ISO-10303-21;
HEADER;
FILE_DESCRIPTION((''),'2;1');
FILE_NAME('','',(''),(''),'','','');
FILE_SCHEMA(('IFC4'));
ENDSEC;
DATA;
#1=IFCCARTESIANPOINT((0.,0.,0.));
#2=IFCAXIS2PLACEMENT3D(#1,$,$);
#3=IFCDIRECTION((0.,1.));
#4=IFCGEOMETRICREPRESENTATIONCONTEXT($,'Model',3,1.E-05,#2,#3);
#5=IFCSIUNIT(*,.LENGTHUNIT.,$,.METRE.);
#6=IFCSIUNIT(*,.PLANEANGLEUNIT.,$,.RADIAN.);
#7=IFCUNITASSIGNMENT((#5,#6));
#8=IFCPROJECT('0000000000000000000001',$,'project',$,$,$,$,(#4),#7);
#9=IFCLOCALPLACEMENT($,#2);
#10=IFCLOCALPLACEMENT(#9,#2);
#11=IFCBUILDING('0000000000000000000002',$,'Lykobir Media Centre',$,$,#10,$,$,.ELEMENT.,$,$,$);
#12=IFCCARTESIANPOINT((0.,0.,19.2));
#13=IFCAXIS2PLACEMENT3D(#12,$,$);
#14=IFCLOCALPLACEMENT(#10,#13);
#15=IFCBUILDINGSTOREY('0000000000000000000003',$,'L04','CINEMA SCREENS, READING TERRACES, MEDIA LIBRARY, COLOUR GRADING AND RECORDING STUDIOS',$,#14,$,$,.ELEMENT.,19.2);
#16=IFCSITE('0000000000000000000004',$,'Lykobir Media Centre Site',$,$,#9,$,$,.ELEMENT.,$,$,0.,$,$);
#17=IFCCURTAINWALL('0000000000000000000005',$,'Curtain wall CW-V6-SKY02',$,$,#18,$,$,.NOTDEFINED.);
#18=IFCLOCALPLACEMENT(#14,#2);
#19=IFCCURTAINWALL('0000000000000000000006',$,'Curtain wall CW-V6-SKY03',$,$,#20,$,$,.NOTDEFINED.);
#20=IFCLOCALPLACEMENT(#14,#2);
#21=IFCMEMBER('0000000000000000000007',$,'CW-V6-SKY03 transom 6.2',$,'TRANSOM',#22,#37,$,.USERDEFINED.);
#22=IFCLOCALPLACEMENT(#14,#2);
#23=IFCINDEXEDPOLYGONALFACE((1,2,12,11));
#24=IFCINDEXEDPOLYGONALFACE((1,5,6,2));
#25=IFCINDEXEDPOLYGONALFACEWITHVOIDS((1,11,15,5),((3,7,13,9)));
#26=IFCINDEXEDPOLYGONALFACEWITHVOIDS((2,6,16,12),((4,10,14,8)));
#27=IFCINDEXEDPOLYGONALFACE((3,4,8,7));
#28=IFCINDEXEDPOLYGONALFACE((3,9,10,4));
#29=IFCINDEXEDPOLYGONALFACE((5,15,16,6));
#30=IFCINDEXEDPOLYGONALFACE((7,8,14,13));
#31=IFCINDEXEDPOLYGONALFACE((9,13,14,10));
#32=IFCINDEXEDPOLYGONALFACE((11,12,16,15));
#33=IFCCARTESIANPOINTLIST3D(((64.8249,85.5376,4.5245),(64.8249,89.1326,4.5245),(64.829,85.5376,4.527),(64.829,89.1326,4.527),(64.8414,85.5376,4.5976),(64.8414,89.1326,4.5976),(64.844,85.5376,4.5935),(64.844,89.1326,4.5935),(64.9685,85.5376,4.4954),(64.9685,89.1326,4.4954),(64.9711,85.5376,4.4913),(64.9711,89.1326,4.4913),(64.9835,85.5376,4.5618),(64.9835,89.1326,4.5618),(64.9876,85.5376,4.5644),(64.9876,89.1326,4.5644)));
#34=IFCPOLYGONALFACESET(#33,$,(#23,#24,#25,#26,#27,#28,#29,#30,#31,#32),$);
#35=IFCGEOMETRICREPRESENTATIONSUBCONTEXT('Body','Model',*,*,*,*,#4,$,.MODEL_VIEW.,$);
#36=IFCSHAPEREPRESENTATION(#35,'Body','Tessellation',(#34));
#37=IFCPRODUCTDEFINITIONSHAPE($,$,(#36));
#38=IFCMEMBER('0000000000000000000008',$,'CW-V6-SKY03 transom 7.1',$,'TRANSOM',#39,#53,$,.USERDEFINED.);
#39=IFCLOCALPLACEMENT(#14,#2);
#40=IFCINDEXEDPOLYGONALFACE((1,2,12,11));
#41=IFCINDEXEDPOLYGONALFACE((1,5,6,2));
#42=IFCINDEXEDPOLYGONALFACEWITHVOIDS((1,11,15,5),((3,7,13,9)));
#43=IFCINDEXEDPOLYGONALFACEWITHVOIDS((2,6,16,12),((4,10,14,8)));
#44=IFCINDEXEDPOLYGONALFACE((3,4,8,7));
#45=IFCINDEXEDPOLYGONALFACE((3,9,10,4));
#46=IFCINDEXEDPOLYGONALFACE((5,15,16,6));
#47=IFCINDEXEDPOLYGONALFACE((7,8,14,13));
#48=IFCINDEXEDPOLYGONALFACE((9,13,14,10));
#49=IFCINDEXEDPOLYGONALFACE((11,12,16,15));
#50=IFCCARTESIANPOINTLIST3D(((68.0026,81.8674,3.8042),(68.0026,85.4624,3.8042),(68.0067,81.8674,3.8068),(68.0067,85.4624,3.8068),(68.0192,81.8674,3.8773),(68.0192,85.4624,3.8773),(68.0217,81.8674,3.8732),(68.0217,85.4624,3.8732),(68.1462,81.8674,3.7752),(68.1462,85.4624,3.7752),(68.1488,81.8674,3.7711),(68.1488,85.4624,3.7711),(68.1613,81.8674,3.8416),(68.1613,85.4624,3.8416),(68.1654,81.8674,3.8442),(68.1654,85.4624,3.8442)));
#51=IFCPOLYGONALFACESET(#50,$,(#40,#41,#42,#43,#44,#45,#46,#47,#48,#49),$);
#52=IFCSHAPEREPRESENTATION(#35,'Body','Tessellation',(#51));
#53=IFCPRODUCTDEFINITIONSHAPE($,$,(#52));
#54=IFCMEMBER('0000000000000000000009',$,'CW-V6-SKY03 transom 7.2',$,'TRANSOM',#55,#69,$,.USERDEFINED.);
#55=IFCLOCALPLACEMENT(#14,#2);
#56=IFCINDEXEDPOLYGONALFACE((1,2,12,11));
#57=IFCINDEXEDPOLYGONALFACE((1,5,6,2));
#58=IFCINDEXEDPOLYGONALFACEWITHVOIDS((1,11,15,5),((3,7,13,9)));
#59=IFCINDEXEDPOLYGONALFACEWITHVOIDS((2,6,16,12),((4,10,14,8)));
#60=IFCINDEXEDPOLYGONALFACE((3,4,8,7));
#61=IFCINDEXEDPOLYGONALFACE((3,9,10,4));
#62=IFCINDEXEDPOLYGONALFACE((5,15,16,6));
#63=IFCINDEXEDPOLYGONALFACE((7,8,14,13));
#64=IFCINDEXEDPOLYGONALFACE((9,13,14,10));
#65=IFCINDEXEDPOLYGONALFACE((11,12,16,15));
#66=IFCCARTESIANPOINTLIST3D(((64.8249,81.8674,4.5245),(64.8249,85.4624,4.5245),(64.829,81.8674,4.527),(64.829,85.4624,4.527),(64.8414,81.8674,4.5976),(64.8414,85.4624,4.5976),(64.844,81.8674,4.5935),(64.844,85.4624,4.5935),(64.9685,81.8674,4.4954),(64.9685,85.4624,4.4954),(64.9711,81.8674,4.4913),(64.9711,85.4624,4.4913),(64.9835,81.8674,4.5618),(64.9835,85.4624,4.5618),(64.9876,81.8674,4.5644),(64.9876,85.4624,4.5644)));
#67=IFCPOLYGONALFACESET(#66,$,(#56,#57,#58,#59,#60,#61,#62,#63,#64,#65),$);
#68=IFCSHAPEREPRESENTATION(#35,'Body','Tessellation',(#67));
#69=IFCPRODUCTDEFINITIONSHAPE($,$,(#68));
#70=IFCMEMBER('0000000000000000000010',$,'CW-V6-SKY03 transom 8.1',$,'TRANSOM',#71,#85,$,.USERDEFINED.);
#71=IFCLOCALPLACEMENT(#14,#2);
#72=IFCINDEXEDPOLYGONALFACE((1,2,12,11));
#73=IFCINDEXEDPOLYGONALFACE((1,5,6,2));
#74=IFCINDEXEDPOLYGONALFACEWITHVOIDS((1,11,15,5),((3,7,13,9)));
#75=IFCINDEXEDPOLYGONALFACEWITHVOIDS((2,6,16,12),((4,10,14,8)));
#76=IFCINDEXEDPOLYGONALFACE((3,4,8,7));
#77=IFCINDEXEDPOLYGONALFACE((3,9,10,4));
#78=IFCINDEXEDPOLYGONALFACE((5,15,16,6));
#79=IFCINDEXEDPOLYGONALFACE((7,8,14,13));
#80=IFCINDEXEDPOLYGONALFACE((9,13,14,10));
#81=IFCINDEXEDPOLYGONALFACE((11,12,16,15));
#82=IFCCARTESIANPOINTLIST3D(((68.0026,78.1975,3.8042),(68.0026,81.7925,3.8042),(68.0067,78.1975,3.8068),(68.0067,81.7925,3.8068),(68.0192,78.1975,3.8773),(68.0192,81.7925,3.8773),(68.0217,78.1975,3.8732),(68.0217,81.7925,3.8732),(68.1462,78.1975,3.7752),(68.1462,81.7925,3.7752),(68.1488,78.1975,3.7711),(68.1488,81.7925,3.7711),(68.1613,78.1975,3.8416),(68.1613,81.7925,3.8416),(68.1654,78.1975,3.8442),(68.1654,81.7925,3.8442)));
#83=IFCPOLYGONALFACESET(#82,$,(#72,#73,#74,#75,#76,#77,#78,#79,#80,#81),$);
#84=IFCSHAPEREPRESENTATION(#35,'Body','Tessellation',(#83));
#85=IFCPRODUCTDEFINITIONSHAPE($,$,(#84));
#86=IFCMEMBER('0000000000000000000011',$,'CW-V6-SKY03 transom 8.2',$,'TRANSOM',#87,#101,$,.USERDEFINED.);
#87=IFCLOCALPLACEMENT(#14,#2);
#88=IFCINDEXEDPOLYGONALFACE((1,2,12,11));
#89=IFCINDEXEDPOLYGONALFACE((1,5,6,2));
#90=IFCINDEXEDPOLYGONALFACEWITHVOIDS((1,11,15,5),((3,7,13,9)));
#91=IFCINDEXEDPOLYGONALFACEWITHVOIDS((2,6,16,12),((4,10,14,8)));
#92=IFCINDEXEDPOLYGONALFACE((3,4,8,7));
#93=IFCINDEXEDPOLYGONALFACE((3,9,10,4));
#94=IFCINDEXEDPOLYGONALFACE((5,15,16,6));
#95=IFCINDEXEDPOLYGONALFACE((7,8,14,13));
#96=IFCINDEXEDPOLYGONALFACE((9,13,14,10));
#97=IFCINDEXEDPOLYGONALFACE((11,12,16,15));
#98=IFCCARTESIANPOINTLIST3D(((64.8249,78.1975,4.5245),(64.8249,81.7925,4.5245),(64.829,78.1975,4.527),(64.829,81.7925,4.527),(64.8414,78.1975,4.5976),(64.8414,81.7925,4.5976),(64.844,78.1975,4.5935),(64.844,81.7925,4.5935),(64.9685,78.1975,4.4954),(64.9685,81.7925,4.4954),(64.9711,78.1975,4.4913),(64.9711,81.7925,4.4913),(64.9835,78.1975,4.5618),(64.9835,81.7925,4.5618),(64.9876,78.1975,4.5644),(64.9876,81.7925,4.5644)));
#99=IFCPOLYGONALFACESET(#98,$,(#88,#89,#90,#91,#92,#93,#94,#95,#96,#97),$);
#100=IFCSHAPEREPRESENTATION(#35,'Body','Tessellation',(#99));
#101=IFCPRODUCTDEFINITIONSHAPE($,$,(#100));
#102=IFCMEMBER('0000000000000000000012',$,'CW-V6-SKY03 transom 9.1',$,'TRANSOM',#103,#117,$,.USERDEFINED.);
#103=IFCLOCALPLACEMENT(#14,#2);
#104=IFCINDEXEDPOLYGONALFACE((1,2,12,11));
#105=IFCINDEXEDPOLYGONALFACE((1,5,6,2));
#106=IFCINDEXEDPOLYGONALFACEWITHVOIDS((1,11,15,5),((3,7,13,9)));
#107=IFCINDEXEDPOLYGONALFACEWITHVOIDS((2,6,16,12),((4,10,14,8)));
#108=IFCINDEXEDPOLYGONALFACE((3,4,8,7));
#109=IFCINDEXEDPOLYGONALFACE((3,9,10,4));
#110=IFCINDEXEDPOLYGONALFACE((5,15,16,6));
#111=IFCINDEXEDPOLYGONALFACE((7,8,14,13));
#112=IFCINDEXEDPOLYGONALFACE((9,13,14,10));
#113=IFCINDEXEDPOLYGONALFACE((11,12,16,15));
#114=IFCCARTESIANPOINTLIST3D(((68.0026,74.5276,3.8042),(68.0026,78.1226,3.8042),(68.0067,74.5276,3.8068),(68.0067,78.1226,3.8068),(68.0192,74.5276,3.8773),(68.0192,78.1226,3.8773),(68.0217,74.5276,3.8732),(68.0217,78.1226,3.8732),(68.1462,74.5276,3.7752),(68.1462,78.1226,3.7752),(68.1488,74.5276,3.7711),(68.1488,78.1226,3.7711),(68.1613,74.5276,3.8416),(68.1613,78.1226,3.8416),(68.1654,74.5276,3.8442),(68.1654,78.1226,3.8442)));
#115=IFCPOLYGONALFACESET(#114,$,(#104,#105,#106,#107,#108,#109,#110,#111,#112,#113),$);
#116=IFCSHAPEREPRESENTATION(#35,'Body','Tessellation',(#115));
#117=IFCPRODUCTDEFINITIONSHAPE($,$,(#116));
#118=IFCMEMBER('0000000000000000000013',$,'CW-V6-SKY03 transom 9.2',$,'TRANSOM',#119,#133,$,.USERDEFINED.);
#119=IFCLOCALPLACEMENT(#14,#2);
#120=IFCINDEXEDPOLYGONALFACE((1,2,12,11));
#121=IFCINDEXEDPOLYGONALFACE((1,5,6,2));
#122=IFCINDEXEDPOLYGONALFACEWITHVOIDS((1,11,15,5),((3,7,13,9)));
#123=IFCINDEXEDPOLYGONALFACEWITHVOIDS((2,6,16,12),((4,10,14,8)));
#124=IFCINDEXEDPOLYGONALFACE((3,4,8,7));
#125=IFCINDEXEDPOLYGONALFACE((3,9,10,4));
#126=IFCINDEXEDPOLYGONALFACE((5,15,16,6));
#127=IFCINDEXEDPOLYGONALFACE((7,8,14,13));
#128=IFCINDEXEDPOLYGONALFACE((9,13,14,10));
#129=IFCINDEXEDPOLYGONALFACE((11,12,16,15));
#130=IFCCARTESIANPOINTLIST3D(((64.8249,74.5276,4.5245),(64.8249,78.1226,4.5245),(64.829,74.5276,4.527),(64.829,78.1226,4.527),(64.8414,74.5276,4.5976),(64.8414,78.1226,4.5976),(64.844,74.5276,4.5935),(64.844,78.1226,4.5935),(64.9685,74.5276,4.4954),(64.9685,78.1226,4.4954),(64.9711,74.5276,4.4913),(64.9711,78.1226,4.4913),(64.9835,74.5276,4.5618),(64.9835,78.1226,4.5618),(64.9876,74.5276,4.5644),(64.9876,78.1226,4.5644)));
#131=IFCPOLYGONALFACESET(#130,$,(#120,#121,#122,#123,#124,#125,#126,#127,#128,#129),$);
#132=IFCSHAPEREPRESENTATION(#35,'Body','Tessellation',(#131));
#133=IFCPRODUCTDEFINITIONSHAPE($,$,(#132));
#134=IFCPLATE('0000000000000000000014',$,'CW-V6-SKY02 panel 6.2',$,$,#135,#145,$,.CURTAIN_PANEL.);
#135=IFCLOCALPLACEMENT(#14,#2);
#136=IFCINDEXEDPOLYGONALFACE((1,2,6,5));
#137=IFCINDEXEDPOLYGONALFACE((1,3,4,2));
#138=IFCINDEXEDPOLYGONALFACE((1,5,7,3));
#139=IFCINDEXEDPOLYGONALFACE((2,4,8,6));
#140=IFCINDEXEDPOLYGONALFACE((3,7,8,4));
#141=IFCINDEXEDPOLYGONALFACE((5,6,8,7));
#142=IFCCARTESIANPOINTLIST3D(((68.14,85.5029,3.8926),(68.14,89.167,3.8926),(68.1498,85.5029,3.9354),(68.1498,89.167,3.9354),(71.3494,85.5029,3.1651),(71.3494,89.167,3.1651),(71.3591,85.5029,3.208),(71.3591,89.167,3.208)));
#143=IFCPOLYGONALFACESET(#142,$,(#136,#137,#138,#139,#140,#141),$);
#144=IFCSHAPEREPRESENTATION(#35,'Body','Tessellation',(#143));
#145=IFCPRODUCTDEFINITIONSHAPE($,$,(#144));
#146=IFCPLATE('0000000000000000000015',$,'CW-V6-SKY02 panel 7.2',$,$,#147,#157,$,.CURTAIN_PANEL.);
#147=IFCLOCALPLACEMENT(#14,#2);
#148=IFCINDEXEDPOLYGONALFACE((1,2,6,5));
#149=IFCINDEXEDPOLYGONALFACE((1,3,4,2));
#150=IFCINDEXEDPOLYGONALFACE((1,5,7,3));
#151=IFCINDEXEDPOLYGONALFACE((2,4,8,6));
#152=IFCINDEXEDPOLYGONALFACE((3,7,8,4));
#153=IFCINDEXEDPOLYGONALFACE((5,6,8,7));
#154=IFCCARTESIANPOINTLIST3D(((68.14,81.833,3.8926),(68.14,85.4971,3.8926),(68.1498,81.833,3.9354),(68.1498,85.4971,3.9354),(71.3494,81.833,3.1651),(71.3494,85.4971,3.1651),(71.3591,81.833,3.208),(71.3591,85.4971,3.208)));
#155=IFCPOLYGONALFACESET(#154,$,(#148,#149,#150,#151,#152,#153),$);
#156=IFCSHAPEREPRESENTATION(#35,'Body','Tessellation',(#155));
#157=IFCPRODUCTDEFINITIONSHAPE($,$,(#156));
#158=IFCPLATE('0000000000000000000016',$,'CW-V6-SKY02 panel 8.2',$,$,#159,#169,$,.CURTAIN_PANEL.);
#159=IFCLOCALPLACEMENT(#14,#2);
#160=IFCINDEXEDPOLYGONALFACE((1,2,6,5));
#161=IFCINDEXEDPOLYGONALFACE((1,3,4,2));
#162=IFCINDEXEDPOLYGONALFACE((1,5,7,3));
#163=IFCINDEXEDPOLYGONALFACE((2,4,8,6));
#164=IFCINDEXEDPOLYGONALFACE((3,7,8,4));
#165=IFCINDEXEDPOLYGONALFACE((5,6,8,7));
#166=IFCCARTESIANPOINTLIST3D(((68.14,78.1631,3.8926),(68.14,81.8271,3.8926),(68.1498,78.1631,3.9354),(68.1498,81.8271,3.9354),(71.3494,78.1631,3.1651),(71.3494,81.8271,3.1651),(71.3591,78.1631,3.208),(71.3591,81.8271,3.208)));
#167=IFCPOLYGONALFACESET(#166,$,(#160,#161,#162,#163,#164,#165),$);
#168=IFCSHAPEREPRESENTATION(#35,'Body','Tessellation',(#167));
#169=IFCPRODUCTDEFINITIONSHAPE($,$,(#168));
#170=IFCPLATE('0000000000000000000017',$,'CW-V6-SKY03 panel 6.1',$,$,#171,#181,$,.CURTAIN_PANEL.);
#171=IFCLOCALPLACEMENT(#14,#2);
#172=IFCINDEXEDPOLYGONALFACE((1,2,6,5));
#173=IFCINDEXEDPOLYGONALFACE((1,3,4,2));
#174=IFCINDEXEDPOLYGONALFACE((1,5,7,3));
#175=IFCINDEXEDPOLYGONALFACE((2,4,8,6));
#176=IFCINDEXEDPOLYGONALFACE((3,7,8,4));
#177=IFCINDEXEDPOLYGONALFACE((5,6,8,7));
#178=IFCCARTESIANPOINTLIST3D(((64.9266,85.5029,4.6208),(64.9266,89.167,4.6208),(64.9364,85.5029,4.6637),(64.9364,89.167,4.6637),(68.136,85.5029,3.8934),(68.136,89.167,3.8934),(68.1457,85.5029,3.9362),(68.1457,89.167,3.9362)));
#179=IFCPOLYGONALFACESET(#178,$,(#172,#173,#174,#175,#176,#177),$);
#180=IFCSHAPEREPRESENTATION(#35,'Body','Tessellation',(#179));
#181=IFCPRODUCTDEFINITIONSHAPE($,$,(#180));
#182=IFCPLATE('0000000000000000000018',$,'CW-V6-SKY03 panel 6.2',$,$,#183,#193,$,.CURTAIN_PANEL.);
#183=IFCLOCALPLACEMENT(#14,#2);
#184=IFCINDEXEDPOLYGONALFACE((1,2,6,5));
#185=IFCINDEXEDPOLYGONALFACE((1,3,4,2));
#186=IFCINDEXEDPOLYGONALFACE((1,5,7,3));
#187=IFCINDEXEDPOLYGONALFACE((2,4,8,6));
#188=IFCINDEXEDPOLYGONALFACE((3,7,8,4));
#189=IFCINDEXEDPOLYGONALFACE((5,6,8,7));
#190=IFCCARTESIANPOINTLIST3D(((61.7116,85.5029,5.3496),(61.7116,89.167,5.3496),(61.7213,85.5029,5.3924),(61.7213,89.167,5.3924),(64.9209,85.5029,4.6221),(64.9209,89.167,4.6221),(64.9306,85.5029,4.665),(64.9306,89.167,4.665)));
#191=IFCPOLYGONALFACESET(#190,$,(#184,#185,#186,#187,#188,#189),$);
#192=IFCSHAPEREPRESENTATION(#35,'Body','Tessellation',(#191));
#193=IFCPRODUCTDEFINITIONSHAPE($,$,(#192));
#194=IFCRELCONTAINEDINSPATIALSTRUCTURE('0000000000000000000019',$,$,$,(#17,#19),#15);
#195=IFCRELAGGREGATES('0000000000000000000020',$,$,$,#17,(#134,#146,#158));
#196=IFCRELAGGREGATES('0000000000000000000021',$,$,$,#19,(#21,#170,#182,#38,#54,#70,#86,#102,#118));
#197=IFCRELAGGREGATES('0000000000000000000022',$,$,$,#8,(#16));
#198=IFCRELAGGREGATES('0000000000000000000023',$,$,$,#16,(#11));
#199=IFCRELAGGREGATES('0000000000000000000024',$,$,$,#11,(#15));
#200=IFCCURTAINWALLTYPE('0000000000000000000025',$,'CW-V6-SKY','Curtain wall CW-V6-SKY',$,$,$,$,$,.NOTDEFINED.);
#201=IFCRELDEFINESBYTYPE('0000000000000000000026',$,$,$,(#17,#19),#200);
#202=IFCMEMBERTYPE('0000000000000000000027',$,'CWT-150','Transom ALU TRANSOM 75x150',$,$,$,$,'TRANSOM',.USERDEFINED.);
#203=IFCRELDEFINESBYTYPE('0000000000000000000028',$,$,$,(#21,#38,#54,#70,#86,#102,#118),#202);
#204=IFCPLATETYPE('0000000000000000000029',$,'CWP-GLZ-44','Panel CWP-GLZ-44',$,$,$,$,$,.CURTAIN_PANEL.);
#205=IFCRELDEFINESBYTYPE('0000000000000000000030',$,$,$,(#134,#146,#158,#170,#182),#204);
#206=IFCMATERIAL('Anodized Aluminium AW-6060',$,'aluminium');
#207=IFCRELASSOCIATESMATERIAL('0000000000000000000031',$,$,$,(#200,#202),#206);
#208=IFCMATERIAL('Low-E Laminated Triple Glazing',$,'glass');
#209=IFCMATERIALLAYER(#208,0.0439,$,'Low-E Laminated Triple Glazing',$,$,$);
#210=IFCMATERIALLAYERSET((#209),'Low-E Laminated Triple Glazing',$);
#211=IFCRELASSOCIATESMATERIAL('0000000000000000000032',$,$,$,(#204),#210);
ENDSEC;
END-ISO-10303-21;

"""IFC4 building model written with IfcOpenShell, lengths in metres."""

from ifc_helpers import new_model, si_unit, direction, frame, origin, origin_2d, place, context, subcontext, project, spatial, rectangle, hollow_rectangle, extrude, material, layer, layer_set, material_profile, profile_set, type_object, element, aggregate, save


model = new_model("IFC4")

# Units and contexts
model_context = context("Model", 3, precision=1e-05, world=origin(), true_north=direction((0.0, 1.0)))
body_context = subcontext(model_context, "Body", "Model", "MODEL_VIEW")
ifc_project = project(units=[si_unit("LENGTHUNIT", "METRE"), si_unit("PLANEANGLEUNIT", "RADIAN")], contexts=[model_context])

# Site, building, storey
site_placement = place(None, origin())
site = spatial("IfcSite", under=ifc_project, at=site_placement, Name="Lykobir Media Centre Site", CompositionType="ELEMENT", RefElevation=0.0)
building_placement = place(site_placement, origin())
building = spatial("IfcBuilding", under=site, at=building_placement, Name="Lykobir Media Centre", CompositionType="ELEMENT")
storey_placement = place(building_placement, frame((0.0, 0.0, 19.2)))
storey = spatial("IfcBuildingStorey", under=building, at=storey_placement, Name="L04", Description="CINEMA SCREENS, READING TERRACES, MEDIA LIBRARY, COLOUR GRADING AND RECORDING STUDIOS", CompositionType="ELEMENT", Elevation=19.2)

# Curtain walls, members
ifc_material_1 = material(Name="Anodized Aluminium AW-6060", Category="aluminium")
curtain_wall_type = type_object("IfcCurtainWallType", Name="CW-V6-SKY", Description="Curtain wall CW-V6-SKY", PredefinedType="NOTDEFINED", material=ifc_material_1)
curtain_wall_1_placement = place(storey_placement, origin())
curtain_wall_1 = element("IfcCurtainWall", 1, at=curtain_wall_1_placement, inside=storey, type_object=curtain_wall_type, Name="Curtain wall CW-V6-SKY02", PredefinedType="NOTDEFINED")
ifc_material_profile_1 = material_profile(ifc_material_1, hollow_rectangle(XDim=0.075, YDim=0.1499, WallThickness=0.0034, at=origin_2d()), Name="ALU TRANSOM 75x150")
ifc_profile_set_1 = profile_set([ifc_material_profile_1], Name="Anodized Aluminium AW-6060")
member_type_1 = type_object("IfcMemberType", Name="CWT-150", Description="Transom ALU TRANSOM 75x150", ElementType="TRANSOM", PredefinedType="USERDEFINED", material=ifc_profile_set_1)
curtain_wall_2_placement = place(storey_placement, origin())
curtain_wall_2 = element("IfcCurtainWall", 2, at=curtain_wall_2_placement, inside=storey, type_object=curtain_wall_type, Name="Curtain wall CW-V6-SKY03", PredefinedType="NOTDEFINED")
member_1_placement = place(storey_placement, frame((64.9062, 89.1326, 4.5444), z_axis=(0.0, -1.0, 0.0), x_axis=(0.221055, 0.0, 0.975261)))
member_1 = element("IfcMember", 3, at=member_1_placement, type_object=member_type_1, Name="CW-V6-SKY03 transom 6.2", ObjectType="TRANSOM", PredefinedType="USERDEFINED", context=body_context, shape_type="SweptSolid", body=[
    extrude(hollow_rectangle(XDim=0.075, YDim=0.1499, WallThickness=0.0034, at=origin_2d()), origin(), (0.0, 0.0, 1.0), 3.595),
])
member_2_placement = place(storey_placement, frame((68.084, 85.4624, 3.8242), z_axis=(0.0, -1.0, 0.0), x_axis=(0.221055, 0.0, 0.975261)))
member_2 = element("IfcMember", 4, at=member_2_placement, type_object=member_type_1, Name="CW-V6-SKY03 transom 7.1", ObjectType="TRANSOM", PredefinedType="USERDEFINED", context=body_context, shape_type="SweptSolid", body=[
    extrude(hollow_rectangle(XDim=0.075, YDim=0.1499, WallThickness=0.0034, at=origin_2d()), origin(), (0.0, 0.0, 1.0), 3.595),
])
member_3_placement = place(storey_placement, frame((64.9062, 85.4624, 4.5444), z_axis=(0.0, -1.0, 0.0), x_axis=(0.221055, 0.0, 0.975261)))
member_3 = element("IfcMember", 5, at=member_3_placement, type_object=member_type_1, Name="CW-V6-SKY03 transom 7.2", ObjectType="TRANSOM", PredefinedType="USERDEFINED", context=body_context, shape_type="SweptSolid", body=[
    extrude(hollow_rectangle(XDim=0.075, YDim=0.1499, WallThickness=0.0034, at=origin_2d()), origin(), (0.0, 0.0, 1.0), 3.595),
])
member_4_placement = place(storey_placement, frame((68.084, 81.7925, 3.8242), z_axis=(0.0, -1.0, 0.0), x_axis=(0.221055, 0.0, 0.975261)))
member_4 = element("IfcMember", 6, at=member_4_placement, type_object=member_type_1, Name="CW-V6-SKY03 transom 8.1", ObjectType="TRANSOM", PredefinedType="USERDEFINED", context=body_context, shape_type="SweptSolid", body=[
    extrude(hollow_rectangle(XDim=0.075, YDim=0.1499, WallThickness=0.0034, at=origin_2d()), origin(), (0.0, 0.0, 1.0), 3.595),
])
member_5_placement = place(storey_placement, frame((64.9062, 81.7925, 4.5444), z_axis=(0.0, -1.0, 0.0), x_axis=(0.221055, 0.0, 0.975261)))
member_5 = element("IfcMember", 7, at=member_5_placement, type_object=member_type_1, Name="CW-V6-SKY03 transom 8.2", ObjectType="TRANSOM", PredefinedType="USERDEFINED", context=body_context, shape_type="SweptSolid", body=[
    extrude(hollow_rectangle(XDim=0.075, YDim=0.1499, WallThickness=0.0034, at=origin_2d()), origin(), (0.0, 0.0, 1.0), 3.595),
])
member_6_placement = place(storey_placement, frame((68.084, 78.1226, 3.8242), z_axis=(0.0, -1.0, 0.0), x_axis=(0.221055, 0.0, 0.975261)))
member_6 = element("IfcMember", 8, at=member_6_placement, type_object=member_type_1, Name="CW-V6-SKY03 transom 9.1", ObjectType="TRANSOM", PredefinedType="USERDEFINED", context=body_context, shape_type="SweptSolid", body=[
    extrude(hollow_rectangle(XDim=0.075, YDim=0.1499, WallThickness=0.0034, at=origin_2d()), origin(), (0.0, 0.0, 1.0), 3.595),
])
member_7_placement = place(storey_placement, frame((64.9062, 78.1226, 4.5444), z_axis=(0.0, -1.0, 0.0), x_axis=(0.221055, 0.0, 0.975261)))
member_7 = element("IfcMember", 9, at=member_7_placement, type_object=member_type_1, Name="CW-V6-SKY03 transom 9.2", ObjectType="TRANSOM", PredefinedType="USERDEFINED", context=body_context, shape_type="SweptSolid", body=[
    extrude(hollow_rectangle(XDim=0.075, YDim=0.1499, WallThickness=0.0034, at=origin_2d()), origin(), (0.0, 0.0, 1.0), 3.595),
])

# Plates
ifc_material_2 = material(Name="Low-E Laminated Triple Glazing", Category="glass")
ifc_layer_1 = layer(ifc_material_2, 0.0439, Name="Low-E Laminated Triple Glazing")
ifc_layer_set_1 = layer_set([ifc_layer_1], Name="Low-E Laminated Triple Glazing")
plate_type_1 = type_object("IfcPlateType", Name="CWP-GLZ-44", Description="Panel CWP-GLZ-44", PredefinedType="CURTAIN_PANEL", material=ifc_layer_set_1)
plate_1_placement = place(storey_placement, frame((71.3542, 87.335, 3.1865), z_axis=(-0.975258, 0.0, 0.221072), x_axis=(0.0, -1.0, 0.0)))
plate_1 = element("IfcPlate", 10, at=plate_1_placement, type_object=plate_type_1, Name="CW-V6-SKY02 panel 6.2", PredefinedType="CURTAIN_PANEL", context=body_context, shape_type="SweptSolid", body=[
    extrude(rectangle(XDim=3.6641, YDim=0.0439, at=origin_2d()), origin(), (0.0, 0.0, 1.0), 3.2908),
])
plate_2_placement = place(storey_placement, frame((71.3542, 83.665, 3.1865), z_axis=(-0.975258, 0.0, 0.221072), x_axis=(0.0, -1.0, 0.0)))
plate_2 = element("IfcPlate", 11, at=plate_2_placement, type_object=plate_type_1, Name="CW-V6-SKY02 panel 7.2", PredefinedType="CURTAIN_PANEL", context=body_context, shape_type="SweptSolid", body=[
    extrude(rectangle(XDim=3.6641, YDim=0.0439, at=origin_2d()), origin(), (0.0, 0.0, 1.0), 3.2908),
])
plate_3_placement = place(storey_placement, frame((71.3542, 79.9951, 3.1865), z_axis=(-0.975258, 0.0, 0.221072), x_axis=(0.0, -1.0, 0.0)))
plate_3 = element("IfcPlate", 12, at=plate_3_placement, type_object=plate_type_1, Name="CW-V6-SKY02 panel 8.2", PredefinedType="CURTAIN_PANEL", context=body_context, shape_type="SweptSolid", body=[
    extrude(rectangle(XDim=3.6641, YDim=0.0439, at=origin_2d()), origin(), (0.0, 0.0, 1.0), 3.2908),
])
aggregate(curtain_wall_1, [plate_1, plate_2, plate_3])
plate_4_placement = place(storey_placement, frame((68.1409, 87.335, 3.9148), z_axis=(-0.975261, 0.0, 0.221055), x_axis=(0.0, -1.0, 0.0)))
plate_4 = element("IfcPlate", 13, at=plate_4_placement, type_object=plate_type_1, Name="CW-V6-SKY03 panel 6.1", PredefinedType="CURTAIN_PANEL", context=body_context, shape_type="SweptSolid", body=[
    extrude(rectangle(XDim=3.6641, YDim=0.0439, at=origin_2d()), origin(), (0.0, 0.0, 1.0), 3.2908),
])
plate_5_placement = place(storey_placement, frame((64.9258, 87.335, 4.6436), z_axis=(-0.975261, 0.0, 0.221055), x_axis=(0.0, -1.0, 0.0)))
plate_5 = element("IfcPlate", 14, at=plate_5_placement, type_object=plate_type_1, Name="CW-V6-SKY03 panel 6.2", PredefinedType="CURTAIN_PANEL", context=body_context, shape_type="SweptSolid", body=[
    extrude(rectangle(XDim=3.6641, YDim=0.0439, at=origin_2d()), origin(), (0.0, 0.0, 1.0), 3.2908),
])
aggregate(curtain_wall_2, [member_1, plate_4, plate_5, member_2, member_3, member_4, member_5, member_6, member_7])

save(model, "model.ifc")
